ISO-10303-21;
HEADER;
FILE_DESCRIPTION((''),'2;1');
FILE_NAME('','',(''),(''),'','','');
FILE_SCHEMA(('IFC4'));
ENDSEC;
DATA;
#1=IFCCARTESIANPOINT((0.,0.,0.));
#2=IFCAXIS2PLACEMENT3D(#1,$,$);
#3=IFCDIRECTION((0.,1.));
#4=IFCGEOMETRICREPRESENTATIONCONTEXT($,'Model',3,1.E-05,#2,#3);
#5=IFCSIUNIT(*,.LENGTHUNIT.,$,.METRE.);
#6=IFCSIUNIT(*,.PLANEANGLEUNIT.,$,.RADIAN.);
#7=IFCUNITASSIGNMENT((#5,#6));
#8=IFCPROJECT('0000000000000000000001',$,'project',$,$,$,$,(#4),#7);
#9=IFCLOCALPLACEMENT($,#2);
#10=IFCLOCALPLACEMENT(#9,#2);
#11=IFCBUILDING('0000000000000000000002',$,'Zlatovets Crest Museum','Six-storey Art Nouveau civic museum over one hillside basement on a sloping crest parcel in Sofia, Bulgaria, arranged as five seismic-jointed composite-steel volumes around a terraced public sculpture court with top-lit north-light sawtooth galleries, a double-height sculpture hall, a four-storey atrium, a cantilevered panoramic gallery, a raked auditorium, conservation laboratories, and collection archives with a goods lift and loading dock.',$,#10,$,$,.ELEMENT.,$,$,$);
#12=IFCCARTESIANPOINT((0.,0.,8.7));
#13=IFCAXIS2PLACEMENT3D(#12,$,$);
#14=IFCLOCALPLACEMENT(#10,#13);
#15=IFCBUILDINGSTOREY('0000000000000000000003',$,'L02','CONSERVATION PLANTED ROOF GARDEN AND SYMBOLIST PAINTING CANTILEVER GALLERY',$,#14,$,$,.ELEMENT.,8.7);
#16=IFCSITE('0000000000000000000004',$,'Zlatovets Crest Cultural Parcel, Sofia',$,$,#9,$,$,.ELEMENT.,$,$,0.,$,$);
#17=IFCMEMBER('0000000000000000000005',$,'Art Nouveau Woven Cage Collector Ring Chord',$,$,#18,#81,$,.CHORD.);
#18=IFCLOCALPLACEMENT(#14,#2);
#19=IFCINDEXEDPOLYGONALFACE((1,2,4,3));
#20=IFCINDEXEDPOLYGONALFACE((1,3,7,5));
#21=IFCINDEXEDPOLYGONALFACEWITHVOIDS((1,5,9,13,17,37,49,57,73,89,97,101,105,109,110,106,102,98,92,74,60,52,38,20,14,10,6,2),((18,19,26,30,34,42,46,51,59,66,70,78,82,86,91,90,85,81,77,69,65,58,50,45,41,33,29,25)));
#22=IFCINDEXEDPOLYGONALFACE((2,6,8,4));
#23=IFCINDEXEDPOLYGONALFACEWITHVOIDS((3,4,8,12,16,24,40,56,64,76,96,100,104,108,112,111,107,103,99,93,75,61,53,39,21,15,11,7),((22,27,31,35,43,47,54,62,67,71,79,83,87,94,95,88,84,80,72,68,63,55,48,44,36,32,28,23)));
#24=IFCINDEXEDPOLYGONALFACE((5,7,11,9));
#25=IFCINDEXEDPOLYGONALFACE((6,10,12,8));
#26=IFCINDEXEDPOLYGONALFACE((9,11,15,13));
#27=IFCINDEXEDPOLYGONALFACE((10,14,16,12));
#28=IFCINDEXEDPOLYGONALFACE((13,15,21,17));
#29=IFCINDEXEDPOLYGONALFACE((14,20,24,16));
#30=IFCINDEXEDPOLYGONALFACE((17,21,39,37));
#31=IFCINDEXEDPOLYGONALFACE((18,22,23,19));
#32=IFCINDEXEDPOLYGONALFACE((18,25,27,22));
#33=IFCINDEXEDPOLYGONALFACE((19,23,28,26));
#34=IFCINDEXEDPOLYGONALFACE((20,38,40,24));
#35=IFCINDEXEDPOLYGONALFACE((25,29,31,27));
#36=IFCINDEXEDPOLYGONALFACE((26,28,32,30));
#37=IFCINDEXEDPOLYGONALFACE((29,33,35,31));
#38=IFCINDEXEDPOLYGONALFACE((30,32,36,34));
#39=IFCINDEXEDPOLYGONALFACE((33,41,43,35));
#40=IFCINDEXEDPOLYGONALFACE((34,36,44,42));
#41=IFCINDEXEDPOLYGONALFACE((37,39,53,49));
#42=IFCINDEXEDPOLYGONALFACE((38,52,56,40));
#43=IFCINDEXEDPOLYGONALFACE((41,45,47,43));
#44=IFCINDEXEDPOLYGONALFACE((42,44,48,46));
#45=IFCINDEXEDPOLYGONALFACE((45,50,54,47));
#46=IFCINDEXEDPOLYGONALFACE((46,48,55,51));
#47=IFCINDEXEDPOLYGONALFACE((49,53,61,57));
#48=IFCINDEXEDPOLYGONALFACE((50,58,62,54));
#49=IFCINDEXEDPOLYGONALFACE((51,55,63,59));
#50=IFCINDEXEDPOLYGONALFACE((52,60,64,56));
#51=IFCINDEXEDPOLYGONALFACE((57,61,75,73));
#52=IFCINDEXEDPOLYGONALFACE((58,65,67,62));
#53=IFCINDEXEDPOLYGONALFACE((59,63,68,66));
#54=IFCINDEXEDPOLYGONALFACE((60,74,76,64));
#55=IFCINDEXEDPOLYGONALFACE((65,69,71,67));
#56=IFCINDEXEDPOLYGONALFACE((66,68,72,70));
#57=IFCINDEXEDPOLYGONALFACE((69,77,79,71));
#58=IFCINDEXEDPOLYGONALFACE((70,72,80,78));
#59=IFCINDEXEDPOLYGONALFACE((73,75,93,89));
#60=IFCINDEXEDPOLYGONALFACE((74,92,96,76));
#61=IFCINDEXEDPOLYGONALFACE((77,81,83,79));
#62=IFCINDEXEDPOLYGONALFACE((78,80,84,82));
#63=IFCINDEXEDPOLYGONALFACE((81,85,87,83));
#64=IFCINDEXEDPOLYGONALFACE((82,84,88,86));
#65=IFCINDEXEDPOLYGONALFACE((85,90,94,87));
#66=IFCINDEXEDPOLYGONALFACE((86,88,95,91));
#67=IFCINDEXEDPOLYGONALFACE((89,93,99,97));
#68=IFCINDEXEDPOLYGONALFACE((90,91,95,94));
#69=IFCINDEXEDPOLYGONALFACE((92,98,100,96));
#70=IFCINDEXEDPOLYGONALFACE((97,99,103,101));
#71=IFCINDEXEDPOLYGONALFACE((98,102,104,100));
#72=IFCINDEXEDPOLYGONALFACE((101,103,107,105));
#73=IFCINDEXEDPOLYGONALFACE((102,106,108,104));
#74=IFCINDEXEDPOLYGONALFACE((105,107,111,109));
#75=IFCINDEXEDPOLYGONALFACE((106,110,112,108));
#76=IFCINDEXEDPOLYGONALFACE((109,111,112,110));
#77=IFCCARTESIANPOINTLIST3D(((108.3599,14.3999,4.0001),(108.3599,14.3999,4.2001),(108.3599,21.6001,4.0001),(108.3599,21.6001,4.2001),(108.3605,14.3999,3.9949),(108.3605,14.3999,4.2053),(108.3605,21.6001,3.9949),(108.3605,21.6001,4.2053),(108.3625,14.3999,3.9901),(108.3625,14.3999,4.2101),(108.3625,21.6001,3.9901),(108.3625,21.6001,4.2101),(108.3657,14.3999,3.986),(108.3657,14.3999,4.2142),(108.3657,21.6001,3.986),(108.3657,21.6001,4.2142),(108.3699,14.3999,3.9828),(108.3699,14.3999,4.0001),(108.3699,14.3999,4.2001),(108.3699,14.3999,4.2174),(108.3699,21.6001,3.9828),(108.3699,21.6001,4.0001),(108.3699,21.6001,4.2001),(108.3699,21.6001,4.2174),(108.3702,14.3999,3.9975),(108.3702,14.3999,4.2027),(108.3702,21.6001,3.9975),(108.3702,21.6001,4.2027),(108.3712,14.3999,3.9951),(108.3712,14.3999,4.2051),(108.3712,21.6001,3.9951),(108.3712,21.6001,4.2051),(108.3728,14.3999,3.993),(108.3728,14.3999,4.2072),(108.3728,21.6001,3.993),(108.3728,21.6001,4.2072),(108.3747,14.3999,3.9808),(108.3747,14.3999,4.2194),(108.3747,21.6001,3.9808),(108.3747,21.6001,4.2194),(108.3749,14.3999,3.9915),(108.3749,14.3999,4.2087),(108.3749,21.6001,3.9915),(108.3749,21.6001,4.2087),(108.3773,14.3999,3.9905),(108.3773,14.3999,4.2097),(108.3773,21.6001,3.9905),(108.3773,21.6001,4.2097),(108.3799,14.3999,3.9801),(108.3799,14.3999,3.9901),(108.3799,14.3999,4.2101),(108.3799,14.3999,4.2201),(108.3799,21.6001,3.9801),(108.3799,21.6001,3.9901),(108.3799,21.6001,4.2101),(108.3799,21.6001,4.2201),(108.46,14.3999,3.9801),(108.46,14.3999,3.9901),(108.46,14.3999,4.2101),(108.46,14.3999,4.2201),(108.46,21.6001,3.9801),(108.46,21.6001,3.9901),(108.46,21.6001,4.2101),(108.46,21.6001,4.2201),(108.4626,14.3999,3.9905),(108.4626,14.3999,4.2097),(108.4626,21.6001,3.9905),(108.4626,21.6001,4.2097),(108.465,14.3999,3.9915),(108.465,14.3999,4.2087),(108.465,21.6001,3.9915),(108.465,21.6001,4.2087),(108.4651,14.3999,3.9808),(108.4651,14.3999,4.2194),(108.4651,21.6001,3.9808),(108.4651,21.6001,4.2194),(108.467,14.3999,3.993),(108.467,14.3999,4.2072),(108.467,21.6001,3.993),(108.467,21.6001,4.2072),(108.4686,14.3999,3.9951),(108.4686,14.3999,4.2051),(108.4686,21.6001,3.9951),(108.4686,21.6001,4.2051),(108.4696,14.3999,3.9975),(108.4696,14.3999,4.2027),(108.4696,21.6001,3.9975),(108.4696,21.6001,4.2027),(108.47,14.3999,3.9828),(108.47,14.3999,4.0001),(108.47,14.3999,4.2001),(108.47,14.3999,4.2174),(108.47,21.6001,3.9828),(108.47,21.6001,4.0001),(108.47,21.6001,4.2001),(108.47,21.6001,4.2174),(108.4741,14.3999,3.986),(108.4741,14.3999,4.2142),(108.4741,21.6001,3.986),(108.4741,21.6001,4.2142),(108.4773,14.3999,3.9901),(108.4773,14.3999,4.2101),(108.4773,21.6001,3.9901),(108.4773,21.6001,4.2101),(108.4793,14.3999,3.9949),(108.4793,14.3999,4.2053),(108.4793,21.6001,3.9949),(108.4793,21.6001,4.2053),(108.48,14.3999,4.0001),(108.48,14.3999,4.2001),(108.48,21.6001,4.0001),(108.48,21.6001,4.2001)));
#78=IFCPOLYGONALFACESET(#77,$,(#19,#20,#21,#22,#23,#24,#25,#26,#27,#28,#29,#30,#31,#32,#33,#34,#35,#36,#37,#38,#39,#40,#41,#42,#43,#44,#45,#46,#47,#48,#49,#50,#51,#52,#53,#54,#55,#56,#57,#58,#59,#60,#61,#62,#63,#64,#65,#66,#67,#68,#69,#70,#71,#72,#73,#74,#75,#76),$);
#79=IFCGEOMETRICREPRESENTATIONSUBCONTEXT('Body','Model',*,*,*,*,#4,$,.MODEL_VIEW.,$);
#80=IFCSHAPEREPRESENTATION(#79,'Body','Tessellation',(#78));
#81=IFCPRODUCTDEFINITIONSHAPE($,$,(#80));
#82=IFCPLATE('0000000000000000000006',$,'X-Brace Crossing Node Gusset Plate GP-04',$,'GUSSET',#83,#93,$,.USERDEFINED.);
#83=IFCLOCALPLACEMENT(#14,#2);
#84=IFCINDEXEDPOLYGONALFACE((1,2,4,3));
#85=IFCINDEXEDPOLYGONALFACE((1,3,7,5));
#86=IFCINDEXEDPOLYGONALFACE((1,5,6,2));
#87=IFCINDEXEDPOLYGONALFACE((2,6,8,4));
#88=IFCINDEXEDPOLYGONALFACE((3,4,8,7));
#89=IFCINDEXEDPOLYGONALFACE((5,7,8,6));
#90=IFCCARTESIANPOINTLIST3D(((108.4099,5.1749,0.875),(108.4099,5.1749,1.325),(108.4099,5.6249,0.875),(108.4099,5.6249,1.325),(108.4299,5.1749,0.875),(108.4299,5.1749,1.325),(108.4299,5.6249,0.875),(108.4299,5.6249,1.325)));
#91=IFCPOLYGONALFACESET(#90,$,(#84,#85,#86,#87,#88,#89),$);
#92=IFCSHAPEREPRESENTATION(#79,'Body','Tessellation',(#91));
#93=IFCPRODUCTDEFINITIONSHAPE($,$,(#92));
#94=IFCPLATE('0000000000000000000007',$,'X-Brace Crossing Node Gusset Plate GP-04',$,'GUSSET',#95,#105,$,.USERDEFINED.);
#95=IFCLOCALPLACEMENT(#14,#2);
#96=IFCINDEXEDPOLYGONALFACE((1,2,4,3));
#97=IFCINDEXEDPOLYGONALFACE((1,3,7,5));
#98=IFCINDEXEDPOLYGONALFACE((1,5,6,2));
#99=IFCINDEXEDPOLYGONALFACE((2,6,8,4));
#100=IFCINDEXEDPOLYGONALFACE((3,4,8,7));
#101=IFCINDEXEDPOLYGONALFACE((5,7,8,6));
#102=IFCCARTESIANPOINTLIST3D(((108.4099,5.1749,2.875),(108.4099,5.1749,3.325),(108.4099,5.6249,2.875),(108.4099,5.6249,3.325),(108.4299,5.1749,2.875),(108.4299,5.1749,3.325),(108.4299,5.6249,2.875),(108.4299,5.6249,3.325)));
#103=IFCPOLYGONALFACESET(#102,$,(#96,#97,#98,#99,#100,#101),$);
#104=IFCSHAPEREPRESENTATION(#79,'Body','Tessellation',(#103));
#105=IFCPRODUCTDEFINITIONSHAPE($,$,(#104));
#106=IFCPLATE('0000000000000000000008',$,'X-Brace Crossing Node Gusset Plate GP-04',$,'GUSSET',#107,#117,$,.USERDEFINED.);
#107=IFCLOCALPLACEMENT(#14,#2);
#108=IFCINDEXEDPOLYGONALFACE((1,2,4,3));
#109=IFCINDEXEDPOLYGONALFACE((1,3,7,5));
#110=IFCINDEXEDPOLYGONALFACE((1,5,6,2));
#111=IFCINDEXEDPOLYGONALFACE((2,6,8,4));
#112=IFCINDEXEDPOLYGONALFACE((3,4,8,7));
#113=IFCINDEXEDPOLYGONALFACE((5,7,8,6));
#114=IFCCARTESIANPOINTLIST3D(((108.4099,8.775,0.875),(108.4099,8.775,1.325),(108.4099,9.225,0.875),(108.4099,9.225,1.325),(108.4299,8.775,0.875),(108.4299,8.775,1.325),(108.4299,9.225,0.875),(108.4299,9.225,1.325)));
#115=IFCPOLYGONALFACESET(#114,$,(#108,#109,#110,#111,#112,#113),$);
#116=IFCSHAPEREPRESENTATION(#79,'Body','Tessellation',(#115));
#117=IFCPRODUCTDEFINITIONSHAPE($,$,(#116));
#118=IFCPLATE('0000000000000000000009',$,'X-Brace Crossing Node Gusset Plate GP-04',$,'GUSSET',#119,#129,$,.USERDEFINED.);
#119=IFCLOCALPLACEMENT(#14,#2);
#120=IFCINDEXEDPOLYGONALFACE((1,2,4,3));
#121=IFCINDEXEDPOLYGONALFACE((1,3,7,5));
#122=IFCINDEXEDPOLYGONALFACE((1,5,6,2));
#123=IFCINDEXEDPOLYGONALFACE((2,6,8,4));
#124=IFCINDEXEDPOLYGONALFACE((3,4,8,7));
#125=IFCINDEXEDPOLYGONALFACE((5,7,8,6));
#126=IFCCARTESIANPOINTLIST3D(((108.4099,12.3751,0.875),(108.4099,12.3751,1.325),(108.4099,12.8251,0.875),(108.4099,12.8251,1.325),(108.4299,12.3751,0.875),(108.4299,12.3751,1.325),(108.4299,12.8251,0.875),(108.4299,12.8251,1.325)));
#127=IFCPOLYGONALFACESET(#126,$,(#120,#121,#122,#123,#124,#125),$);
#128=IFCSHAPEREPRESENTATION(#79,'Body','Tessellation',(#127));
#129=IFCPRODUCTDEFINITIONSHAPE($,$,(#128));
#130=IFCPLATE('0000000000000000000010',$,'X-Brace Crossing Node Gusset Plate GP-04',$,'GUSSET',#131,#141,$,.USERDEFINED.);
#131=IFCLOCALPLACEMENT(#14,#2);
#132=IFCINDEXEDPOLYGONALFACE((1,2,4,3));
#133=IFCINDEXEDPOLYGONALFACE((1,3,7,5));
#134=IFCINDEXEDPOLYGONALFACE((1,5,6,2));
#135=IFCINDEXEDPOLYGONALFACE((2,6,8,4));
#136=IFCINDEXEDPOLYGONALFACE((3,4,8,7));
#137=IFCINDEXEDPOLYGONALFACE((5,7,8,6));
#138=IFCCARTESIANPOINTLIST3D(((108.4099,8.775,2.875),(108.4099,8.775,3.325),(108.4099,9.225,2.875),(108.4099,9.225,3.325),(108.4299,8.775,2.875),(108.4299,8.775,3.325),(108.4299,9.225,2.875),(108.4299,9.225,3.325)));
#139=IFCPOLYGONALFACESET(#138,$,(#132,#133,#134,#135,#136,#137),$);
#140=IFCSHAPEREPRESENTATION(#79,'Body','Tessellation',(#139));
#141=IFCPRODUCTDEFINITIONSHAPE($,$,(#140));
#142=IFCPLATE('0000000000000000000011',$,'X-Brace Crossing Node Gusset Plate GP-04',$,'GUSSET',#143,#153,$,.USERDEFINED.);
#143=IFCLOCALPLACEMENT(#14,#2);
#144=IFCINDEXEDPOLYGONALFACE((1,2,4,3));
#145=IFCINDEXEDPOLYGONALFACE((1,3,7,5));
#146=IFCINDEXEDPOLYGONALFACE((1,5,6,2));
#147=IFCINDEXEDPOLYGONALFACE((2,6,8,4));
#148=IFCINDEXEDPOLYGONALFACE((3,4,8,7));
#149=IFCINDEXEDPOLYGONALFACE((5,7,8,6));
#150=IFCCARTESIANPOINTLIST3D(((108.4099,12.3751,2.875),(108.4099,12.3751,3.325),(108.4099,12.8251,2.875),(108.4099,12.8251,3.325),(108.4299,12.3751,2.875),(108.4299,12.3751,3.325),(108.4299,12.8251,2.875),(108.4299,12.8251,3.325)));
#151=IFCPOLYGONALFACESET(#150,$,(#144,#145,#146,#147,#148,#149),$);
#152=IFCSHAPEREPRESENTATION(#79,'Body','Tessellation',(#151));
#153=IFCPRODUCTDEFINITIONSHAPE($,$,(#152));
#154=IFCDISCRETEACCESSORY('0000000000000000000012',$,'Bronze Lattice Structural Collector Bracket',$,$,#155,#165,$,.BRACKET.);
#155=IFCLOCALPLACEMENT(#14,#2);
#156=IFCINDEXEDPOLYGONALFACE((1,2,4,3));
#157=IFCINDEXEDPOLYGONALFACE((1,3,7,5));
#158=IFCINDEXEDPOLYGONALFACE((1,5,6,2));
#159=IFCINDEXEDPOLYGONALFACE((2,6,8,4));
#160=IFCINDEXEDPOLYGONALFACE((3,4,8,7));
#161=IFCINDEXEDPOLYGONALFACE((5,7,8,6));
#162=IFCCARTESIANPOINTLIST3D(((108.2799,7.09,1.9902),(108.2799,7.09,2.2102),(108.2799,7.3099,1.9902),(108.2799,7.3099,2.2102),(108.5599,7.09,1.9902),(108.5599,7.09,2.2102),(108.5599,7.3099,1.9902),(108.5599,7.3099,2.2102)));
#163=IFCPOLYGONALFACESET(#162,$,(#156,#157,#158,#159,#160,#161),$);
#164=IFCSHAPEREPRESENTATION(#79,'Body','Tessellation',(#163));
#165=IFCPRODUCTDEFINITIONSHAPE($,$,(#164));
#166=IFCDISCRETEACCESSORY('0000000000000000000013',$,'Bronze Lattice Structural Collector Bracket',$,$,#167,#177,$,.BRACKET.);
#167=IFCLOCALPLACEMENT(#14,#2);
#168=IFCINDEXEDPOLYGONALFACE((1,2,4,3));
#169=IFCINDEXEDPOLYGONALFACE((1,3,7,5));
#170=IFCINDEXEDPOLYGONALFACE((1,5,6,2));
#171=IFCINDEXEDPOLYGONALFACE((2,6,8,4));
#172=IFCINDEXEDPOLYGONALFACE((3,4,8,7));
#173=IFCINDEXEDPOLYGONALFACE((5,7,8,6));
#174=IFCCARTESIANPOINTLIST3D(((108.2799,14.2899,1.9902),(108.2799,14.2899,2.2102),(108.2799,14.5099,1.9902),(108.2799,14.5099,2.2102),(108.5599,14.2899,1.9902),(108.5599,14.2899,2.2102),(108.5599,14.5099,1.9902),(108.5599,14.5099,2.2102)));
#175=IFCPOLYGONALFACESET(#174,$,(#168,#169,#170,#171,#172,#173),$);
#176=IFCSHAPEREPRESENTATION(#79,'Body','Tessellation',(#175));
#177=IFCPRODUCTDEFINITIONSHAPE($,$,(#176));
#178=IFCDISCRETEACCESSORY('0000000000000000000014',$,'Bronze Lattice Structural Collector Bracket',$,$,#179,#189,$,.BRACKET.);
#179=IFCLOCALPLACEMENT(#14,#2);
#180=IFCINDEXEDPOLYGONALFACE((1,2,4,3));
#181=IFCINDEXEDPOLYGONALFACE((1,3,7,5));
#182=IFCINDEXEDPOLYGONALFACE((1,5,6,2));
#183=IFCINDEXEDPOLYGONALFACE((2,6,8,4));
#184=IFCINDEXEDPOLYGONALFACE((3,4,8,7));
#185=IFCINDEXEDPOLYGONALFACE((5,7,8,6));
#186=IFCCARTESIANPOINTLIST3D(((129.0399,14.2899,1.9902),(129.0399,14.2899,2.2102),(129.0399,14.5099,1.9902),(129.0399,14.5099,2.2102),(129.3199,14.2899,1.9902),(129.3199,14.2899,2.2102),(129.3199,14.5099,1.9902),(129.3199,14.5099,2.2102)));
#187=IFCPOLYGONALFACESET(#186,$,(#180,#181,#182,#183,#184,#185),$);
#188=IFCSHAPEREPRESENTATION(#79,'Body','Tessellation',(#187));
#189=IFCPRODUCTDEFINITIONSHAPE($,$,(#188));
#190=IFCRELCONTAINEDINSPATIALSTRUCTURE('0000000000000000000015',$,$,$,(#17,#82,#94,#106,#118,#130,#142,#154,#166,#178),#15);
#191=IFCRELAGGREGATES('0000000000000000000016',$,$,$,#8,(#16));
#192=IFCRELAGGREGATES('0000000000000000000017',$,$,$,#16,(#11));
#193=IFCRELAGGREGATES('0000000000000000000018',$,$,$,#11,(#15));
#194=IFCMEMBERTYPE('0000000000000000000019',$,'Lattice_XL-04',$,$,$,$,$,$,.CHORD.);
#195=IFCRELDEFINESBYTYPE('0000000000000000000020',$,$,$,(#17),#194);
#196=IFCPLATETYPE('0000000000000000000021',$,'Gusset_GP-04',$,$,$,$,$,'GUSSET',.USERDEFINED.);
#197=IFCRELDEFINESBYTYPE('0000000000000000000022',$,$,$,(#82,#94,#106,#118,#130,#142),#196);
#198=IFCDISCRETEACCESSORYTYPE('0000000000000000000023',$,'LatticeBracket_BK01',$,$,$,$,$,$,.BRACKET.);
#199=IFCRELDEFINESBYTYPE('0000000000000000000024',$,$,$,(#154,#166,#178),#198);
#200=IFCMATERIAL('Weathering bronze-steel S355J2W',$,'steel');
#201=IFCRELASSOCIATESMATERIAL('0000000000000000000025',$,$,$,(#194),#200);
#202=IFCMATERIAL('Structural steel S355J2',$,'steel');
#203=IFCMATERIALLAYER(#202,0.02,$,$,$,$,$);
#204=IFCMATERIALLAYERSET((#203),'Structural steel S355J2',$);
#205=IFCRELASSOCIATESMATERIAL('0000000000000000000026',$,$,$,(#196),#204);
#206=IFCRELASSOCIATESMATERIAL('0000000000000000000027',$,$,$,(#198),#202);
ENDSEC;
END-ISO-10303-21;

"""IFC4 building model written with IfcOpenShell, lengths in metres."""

from ifc_helpers import new_model, si_unit, direction, frame, origin, origin_2d, place, context, subcontext, project, spatial, rectangle, hollow_rectangle, extrude, material, layer, layer_set, material_profile, profile_set, type_object, element, save


model = new_model("IFC4")

# Units and contexts
model_context = context("Model", 3, precision=1e-05, world=origin(), true_north=direction((0.0, 1.0)))
body_context = subcontext(model_context, "Body", "Model", "MODEL_VIEW")
ifc_project = project(units=[si_unit("LENGTHUNIT", "METRE"), si_unit("PLANEANGLEUNIT", "RADIAN")], contexts=[model_context])

# Site, building, storey
site_placement = place(None, origin())
site = spatial("IfcSite", under=ifc_project, at=site_placement, Name="Zlatovets Crest Cultural Parcel, Sofia", CompositionType="ELEMENT", RefElevation=0.0)
building_placement = place(site_placement, origin())
building = spatial("IfcBuilding", under=site, at=building_placement, Name="Zlatovets Crest Museum", Description="Six-storey Art Nouveau civic museum over one hillside basement on a sloping crest parcel in Sofia, Bulgaria, arranged as five seismic-jointed composite-steel volumes around a terraced public sculpture court with top-lit north-light sawtooth galleries, a double-height sculpture hall, a four-storey atrium, a cantilevered panoramic gallery, a raked auditorium, conservation laboratories, and collection archives with a goods lift and loading dock.", CompositionType="ELEMENT")
storey_placement = place(building_placement, frame((0.0, 0.0, 8.7)))
storey = spatial("IfcBuildingStorey", under=building, at=storey_placement, Name="L02", Description="CONSERVATION PLANTED ROOF GARDEN AND SYMBOLIST PAINTING CANTILEVER GALLERY", CompositionType="ELEMENT", Elevation=8.7)

# Member
ifc_material_1 = material(Name="Weathering bronze-steel S355J2W", Category="steel")
ifc_material_profile_1 = material_profile(ifc_material_1, hollow_rectangle(XDim=0.1201, YDim=0.24, WallThickness=0.01, InnerFilletRadius=0.01, OuterFilletRadius=0.02, at=origin_2d()), Name="RHS 120x240x10.0")
ifc_profile_set_1 = profile_set([ifc_material_profile_1], Name="Weathering bronze-steel S355J2W")
member_type_1 = type_object("IfcMemberType", Name="Lattice_XL-04", PredefinedType="CHORD", material=ifc_profile_set_1)
member_1_placement = place(storey_placement, frame((108.4199, 14.3999, 4.1001), z_axis=(0.0, 1.0, 0.0), x_axis=(-1.0, 0.0, 0.0)))
element("IfcMember", 1, at=member_1_placement, inside=storey, type_object=member_type_1, Name="Art Nouveau Woven Cage Collector Ring Chord", PredefinedType="CHORD", context=body_context, shape_type="SweptSolid", body=[
    extrude(hollow_rectangle(XDim=0.1201, YDim=0.24, WallThickness=0.01, InnerFilletRadius=0.01, OuterFilletRadius=0.02, at=origin_2d()), origin(), (0.0, 0.0, 1.0), 7.2002),
])

# Plates
ifc_material_2 = material(Name="Structural steel S355J2", Category="steel")
ifc_layer = layer(ifc_material_2, 0.02)
ifc_layer_set = layer_set([ifc_layer], Name="Structural steel S355J2")
plate_type = type_object("IfcPlateType", Name="Gusset_GP-04", ElementType="GUSSET", PredefinedType="USERDEFINED", material=ifc_layer_set)
for number, where, z_axis, x_axis, name in (
    (2, (108.4199, 5.3999, 0.875), (0.0, 0.0, 1.0), (1.0, 0.0, 0.0), "X-Brace Crossing Node Gusset Plate GP-04"),
    (3, (108.4199, 5.3999, 2.875), (0.0, 0.0, 1.0), (1.0, 0.0, 0.0), "X-Brace Crossing Node Gusset Plate GP-04"),
    (4, (108.4199, 9.0, 0.875), (0.0, 0.0, 1.0), (1.0, 0.0, 0.0), "X-Brace Crossing Node Gusset Plate GP-04"),
    (5, (108.4199, 12.6001, 0.875), (0.0, 0.0, 1.0), (1.0, 0.0, 0.0), "X-Brace Crossing Node Gusset Plate GP-04"),
    (6, (108.4199, 9.0, 2.875), (0.0, 0.0, 1.0), (1.0, 0.0, 0.0), "X-Brace Crossing Node Gusset Plate GP-04"),
    (7, (108.4199, 12.6001, 2.875), (0.0, 0.0, 1.0), (1.0, 0.0, 0.0), "X-Brace Crossing Node Gusset Plate GP-04"),
):
    element("IfcPlate", number, at=place(storey_placement, frame(where, z_axis=z_axis, x_axis=x_axis)), inside=storey, type_object=plate_type, Name=name, ObjectType="GUSSET", PredefinedType="USERDEFINED", context=body_context, shape_type="SweptSolid", body=[
        extrude(rectangle(XDim=0.02, YDim=0.45, at=origin_2d()), origin(), (0.0, 0.0, 1.0), 0.45),
    ])

# Discrete accessories
discrete_accessory_type = type_object("IfcDiscreteAccessoryType", Name="LatticeBracket_BK01", PredefinedType="BRACKET", material=ifc_material_2)
for number, where, z_axis, x_axis, name in (
    (8, (108.4199, 7.2, 1.9902), (0.0, 0.0, 1.0), (1.0, 0.0, 0.0), "Bronze Lattice Structural Collector Bracket"),
    (9, (108.4199, 14.3999, 1.9902), (0.0, 0.0, 1.0), (1.0, 0.0, 0.0), "Bronze Lattice Structural Collector Bracket"),
    (10, (129.1799, 14.3999, 1.9902), (0.0, 0.0, 1.0), (1.0, 0.0, 0.0), "Bronze Lattice Structural Collector Bracket"),
):
    element("IfcDiscreteAccessory", number, at=place(storey_placement, frame(where, z_axis=z_axis, x_axis=x_axis)), inside=storey, type_object=discrete_accessory_type, Name=name, PredefinedType="BRACKET", context=body_context, shape_type="SweptSolid", body=[
        extrude(rectangle(XDim=0.28, YDim=0.22, at=origin_2d()), origin(), (0.0, 0.0, 1.0), 0.22),
    ])

save(model, "model.ifc")
